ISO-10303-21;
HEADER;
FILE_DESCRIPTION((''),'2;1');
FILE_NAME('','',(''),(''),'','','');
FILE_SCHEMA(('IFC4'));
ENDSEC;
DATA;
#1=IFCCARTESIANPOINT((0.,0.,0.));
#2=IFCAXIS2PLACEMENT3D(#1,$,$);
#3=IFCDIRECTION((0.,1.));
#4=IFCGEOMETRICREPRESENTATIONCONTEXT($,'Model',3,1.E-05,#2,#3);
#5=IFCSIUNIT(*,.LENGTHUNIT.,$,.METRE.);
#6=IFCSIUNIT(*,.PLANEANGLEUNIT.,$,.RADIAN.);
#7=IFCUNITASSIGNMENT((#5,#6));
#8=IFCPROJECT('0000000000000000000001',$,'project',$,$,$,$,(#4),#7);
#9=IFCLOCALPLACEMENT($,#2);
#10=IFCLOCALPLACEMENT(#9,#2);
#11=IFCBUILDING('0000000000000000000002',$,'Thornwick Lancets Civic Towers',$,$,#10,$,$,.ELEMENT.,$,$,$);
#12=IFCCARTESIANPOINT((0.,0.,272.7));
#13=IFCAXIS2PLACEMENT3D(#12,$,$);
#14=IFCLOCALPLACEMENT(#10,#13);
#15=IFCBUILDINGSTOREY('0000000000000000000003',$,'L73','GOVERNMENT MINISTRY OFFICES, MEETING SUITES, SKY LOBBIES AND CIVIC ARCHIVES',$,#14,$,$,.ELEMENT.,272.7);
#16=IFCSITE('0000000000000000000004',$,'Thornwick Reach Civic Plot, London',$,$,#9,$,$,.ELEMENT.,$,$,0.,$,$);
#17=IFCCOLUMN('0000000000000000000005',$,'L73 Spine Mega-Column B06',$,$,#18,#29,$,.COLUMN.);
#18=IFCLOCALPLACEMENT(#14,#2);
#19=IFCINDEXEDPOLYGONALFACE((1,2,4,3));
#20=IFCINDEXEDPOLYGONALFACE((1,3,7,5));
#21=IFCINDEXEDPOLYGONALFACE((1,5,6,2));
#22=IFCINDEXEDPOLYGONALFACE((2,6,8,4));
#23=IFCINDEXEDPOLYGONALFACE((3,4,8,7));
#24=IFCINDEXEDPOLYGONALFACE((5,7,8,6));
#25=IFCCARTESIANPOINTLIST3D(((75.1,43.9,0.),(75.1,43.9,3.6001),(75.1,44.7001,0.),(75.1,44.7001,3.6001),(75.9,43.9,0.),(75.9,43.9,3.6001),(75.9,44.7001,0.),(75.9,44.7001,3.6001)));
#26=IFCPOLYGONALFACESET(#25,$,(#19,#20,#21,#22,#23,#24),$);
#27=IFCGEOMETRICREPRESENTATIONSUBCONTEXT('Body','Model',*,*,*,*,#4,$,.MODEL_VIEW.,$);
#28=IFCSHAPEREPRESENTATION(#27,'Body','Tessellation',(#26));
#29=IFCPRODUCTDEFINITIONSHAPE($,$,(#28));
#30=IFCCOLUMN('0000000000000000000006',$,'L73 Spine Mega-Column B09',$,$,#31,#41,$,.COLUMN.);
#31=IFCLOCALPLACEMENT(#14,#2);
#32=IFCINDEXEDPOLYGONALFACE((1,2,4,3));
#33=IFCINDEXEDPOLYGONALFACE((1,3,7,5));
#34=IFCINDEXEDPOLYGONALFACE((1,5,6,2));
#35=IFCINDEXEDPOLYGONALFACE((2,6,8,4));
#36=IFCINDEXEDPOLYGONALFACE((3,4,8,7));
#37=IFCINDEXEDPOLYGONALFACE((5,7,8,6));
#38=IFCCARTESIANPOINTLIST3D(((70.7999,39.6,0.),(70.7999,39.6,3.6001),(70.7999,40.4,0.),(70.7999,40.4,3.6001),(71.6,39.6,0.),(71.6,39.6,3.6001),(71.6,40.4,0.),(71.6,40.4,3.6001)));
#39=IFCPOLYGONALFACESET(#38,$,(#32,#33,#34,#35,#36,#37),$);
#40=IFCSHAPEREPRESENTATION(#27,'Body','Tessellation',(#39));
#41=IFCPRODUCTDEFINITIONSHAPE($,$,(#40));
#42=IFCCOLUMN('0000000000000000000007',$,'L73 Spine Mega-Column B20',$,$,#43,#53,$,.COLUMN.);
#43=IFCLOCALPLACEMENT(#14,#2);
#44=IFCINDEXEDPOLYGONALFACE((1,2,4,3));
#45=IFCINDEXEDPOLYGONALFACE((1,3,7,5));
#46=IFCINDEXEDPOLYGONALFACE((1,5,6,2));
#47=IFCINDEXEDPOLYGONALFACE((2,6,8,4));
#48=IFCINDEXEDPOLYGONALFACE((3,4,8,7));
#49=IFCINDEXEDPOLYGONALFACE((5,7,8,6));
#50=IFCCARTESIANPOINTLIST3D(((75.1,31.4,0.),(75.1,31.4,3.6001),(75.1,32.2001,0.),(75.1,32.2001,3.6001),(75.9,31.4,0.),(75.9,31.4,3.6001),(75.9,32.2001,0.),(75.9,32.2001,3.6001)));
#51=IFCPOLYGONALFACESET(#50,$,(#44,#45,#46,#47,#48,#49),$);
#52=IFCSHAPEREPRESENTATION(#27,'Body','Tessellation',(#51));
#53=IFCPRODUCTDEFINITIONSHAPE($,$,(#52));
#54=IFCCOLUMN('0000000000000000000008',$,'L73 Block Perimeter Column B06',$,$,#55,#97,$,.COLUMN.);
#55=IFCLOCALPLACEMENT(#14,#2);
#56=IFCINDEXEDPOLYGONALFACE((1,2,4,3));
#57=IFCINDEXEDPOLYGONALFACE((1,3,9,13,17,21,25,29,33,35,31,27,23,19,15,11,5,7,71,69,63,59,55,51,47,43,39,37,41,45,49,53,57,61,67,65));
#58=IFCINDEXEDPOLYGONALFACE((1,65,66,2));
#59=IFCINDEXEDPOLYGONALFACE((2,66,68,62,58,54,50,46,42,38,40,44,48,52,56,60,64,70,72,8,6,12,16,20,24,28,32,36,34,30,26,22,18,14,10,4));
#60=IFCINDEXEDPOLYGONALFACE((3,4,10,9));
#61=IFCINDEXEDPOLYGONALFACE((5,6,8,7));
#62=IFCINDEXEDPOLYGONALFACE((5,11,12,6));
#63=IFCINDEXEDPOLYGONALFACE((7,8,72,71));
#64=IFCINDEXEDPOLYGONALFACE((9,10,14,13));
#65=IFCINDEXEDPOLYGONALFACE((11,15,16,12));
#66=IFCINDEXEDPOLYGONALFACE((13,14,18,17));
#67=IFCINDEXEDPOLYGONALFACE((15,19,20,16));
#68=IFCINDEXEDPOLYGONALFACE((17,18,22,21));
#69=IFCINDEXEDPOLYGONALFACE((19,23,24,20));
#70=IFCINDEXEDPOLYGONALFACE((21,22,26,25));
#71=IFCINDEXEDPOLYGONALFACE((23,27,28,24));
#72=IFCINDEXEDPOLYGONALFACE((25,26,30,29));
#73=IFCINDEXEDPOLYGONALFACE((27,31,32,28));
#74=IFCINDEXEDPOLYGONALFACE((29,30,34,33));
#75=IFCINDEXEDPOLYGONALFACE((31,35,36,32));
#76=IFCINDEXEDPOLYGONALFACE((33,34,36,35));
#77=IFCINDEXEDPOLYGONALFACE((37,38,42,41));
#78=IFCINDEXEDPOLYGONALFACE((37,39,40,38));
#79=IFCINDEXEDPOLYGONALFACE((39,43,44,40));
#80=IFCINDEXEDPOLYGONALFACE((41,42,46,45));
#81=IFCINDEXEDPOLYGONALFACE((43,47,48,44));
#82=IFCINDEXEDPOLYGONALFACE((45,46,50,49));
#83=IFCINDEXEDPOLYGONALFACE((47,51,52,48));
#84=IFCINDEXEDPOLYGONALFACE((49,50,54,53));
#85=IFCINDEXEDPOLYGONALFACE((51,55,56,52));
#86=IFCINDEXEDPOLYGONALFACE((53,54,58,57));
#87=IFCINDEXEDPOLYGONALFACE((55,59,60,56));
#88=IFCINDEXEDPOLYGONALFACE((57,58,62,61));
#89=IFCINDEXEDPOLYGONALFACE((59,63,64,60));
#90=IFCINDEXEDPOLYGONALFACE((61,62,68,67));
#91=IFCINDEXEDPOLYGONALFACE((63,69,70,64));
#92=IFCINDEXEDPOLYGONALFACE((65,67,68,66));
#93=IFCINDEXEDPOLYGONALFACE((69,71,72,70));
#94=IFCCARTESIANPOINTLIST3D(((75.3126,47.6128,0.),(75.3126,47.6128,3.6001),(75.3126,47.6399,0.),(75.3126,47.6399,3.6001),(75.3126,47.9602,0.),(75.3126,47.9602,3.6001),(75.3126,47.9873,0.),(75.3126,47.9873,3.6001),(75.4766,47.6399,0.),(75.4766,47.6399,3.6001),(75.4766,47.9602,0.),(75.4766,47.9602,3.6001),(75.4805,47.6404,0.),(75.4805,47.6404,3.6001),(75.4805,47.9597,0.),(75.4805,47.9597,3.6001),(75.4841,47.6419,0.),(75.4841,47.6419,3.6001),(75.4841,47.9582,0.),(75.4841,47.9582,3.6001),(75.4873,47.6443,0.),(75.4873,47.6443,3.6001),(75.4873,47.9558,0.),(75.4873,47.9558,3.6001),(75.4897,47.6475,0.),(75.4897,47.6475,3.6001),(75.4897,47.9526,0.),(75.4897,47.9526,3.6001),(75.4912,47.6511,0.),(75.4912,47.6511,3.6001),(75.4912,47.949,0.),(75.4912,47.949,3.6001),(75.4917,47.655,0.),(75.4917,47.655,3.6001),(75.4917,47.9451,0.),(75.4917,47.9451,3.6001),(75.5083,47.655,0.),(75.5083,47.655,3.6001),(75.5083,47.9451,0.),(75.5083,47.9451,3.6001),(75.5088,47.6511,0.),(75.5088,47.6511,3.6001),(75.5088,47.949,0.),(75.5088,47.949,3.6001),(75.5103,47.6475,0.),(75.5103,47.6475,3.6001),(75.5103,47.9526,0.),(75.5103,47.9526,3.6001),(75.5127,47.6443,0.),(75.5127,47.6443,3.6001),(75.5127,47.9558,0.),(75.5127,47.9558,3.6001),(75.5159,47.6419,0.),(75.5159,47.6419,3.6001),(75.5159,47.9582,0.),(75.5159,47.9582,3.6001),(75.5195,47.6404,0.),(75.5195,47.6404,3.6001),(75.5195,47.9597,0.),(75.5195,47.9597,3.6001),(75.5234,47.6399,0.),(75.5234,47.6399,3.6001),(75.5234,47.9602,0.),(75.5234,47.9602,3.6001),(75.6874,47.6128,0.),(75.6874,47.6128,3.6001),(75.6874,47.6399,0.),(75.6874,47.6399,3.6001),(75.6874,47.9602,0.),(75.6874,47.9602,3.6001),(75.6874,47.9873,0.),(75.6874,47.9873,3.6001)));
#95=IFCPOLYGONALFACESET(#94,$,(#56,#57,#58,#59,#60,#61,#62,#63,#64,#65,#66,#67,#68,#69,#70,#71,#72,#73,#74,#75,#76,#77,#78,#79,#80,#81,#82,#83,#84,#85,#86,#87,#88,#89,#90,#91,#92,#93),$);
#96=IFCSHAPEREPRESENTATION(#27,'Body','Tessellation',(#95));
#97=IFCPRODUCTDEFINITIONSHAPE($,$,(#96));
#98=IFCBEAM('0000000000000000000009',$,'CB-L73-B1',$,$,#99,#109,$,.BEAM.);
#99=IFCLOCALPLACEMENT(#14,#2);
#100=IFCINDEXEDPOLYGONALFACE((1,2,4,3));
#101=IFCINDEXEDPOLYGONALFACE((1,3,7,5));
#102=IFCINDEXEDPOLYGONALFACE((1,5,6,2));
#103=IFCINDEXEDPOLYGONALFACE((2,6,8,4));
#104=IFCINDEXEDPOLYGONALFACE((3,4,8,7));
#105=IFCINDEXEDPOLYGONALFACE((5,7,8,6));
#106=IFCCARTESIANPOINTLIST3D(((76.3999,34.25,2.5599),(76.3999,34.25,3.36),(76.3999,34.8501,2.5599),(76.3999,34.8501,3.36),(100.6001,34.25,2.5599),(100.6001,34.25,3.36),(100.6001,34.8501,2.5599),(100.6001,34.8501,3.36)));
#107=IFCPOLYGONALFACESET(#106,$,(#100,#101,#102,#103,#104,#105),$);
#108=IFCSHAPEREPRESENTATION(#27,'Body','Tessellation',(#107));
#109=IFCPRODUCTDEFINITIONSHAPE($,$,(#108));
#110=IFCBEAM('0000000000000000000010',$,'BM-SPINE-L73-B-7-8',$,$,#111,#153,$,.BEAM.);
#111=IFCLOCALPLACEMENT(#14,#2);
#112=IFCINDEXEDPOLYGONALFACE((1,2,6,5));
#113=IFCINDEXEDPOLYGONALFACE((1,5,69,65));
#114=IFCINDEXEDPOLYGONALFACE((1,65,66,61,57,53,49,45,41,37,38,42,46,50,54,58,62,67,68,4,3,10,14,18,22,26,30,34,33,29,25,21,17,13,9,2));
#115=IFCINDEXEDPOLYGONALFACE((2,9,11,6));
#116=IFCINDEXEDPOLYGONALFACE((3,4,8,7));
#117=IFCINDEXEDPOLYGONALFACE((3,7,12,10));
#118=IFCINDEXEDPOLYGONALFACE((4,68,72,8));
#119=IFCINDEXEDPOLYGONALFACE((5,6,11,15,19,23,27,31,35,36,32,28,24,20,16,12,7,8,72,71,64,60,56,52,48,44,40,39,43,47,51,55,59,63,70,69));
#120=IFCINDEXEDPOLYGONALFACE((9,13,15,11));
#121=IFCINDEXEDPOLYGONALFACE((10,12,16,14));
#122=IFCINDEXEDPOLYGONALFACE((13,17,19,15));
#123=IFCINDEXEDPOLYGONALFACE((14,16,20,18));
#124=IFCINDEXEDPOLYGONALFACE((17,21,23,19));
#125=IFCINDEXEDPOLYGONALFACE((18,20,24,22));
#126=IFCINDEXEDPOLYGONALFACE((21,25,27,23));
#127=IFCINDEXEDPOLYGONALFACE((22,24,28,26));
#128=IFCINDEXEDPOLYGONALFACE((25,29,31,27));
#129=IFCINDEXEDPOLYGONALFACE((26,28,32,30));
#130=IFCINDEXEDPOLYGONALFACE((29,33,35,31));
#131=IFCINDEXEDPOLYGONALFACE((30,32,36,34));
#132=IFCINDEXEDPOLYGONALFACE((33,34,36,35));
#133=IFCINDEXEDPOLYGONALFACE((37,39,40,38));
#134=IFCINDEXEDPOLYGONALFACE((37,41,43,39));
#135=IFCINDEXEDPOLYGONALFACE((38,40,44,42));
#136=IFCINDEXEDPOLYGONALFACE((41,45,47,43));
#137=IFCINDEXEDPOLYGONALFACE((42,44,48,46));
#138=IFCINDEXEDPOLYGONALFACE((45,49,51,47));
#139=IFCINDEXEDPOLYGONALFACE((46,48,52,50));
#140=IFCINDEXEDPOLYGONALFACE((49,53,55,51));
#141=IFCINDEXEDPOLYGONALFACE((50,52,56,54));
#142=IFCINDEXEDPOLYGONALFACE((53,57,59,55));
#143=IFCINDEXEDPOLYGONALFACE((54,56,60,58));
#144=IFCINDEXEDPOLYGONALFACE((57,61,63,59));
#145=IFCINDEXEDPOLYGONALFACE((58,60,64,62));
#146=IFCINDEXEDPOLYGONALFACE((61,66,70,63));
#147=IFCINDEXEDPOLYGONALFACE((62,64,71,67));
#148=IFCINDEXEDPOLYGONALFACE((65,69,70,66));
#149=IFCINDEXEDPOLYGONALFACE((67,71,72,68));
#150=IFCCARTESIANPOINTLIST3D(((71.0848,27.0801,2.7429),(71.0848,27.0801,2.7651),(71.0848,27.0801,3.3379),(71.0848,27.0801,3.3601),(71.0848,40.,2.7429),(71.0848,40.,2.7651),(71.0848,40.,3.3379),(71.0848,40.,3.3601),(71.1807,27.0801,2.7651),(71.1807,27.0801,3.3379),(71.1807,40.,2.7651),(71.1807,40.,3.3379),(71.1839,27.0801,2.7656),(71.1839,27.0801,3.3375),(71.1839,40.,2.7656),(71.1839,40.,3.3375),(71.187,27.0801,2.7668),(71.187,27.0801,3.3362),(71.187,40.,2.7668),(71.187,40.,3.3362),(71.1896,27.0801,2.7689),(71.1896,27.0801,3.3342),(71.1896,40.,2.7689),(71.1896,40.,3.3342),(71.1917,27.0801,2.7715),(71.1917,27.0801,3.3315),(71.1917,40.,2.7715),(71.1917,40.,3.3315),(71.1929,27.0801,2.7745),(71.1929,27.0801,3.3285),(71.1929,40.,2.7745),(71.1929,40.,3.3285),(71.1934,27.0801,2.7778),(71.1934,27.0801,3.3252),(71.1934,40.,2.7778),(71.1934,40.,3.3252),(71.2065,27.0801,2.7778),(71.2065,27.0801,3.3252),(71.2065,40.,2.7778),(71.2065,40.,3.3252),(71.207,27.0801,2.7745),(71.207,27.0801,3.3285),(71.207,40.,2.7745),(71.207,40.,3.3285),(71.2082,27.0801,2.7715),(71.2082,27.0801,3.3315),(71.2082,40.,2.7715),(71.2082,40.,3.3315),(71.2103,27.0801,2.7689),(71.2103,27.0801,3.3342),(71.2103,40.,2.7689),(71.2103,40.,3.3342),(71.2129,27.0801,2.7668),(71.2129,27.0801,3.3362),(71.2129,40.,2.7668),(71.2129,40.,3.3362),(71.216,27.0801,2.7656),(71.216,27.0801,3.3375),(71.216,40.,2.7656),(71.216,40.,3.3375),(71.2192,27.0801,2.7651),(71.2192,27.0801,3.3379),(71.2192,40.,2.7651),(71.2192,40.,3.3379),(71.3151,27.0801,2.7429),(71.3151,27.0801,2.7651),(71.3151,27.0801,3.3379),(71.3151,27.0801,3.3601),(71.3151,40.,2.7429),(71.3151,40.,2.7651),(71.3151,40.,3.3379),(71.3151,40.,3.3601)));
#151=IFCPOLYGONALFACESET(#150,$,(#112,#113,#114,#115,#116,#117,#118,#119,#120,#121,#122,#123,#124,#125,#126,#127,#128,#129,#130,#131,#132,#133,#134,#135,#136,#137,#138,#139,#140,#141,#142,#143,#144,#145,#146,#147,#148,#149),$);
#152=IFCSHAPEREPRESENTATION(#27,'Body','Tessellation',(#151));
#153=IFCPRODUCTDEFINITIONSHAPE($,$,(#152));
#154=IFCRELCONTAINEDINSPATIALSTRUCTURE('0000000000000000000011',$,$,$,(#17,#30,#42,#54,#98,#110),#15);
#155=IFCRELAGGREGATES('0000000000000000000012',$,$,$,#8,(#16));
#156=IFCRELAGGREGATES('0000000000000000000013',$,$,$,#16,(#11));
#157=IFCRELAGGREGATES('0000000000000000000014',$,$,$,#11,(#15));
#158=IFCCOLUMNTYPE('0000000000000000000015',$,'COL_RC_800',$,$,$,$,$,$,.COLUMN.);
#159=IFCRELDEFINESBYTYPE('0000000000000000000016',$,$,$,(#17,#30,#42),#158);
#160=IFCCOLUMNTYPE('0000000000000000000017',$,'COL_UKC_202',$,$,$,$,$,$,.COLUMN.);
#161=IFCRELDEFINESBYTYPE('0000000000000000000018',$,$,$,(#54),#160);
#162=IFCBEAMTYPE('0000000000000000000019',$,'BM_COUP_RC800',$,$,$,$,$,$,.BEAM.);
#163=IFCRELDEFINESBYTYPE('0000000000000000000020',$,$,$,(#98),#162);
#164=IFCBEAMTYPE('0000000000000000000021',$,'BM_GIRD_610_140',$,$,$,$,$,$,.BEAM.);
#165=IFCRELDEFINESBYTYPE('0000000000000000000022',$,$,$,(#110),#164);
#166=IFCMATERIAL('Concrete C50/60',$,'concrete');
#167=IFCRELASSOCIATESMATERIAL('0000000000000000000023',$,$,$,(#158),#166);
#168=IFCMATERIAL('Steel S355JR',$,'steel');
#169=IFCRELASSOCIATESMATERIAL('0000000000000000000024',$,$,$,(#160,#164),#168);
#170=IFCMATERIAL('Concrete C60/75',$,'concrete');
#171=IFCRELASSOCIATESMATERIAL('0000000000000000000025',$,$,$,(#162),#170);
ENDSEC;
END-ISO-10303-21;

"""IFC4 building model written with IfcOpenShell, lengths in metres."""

from ifc_helpers import new_model, si_unit, direction, frame, origin, origin_2d, place, context, subcontext, project, spatial, rectangle, i_section, extrude, material, material_profile, profile_set, type_object, element, save


model = new_model("IFC4")

# Units and contexts
model_context = context("Model", 3, precision=1e-05, world=origin(), true_north=direction((0.0, 1.0)))
body_context = subcontext(model_context, "Body", "Model", "MODEL_VIEW")
ifc_project = project(units=[si_unit("LENGTHUNIT", "METRE"), si_unit("PLANEANGLEUNIT", "RADIAN")], contexts=[model_context])

# Site, building, storey
site_placement = place(None, origin())
site = spatial("IfcSite", under=ifc_project, at=site_placement, Name="Thornwick Reach Civic Plot, London", CompositionType="ELEMENT", RefElevation=0.0)
building_placement = place(site_placement, origin())
building = spatial("IfcBuilding", under=site, at=building_placement, Name="Thornwick Lancets Civic Towers", CompositionType="ELEMENT")
storey_placement = place(building_placement, frame((0.0, 0.0, 272.7)))
storey = spatial("IfcBuildingStorey", under=building, at=storey_placement, Name="L73", Description="GOVERNMENT MINISTRY OFFICES, MEETING SUITES, SKY LOBBIES AND CIVIC ARCHIVES", CompositionType="ELEMENT", Elevation=272.7)

# Columns
ifc_material_1 = material(Name="Concrete C50/60", Category="concrete")
ifc_material_profile_1 = material_profile(ifc_material_1, rectangle(XDim=0.8, YDim=0.8, at=origin_2d()), Name="RC 800x800")
ifc_profile_set_1 = profile_set([ifc_material_profile_1], Name="Concrete C50/60")
column_type_1 = type_object("IfcColumnType", Name="COL_RC_800", PredefinedType="COLUMN", material=ifc_profile_set_1)
for number, where, z_axis, x_axis, name in (
    (1, (75.5, 44.3, 0.0), (0.0, 0.0, 1.0), (1.0, 0.0, 0.0), "L73 Spine Mega-Column B06"),
    (2, (71.2, 40.0, 0.0), (0.0, 0.0, 1.0), (1.0, 0.0, 0.0), "L73 Spine Mega-Column B09"),
    (3, (75.5, 31.8, 0.0), (0.0, 0.0, 1.0), (1.0, 0.0, 0.0), "L73 Spine Mega-Column B20"),
):
    element("IfcColumn", number, at=place(storey_placement, frame(where, z_axis=z_axis, x_axis=x_axis)), inside=storey, type_object=column_type_1, Name=name, PredefinedType="COLUMN", context=body_context, shape_type="SweptSolid", body=[
        extrude(rectangle(XDim=0.8, YDim=0.8, at=origin_2d()), origin(), (0.0, 0.0, 1.0), 3.6001),
    ])
ifc_material_2 = material(Name="Steel S355JR", Category="steel")
ifc_material_profile_2 = material_profile(ifc_material_2, i_section(OverallWidth=0.3748, OverallDepth=0.3745, WebThickness=0.0166, FlangeThickness=0.0271, FilletRadius=0.0151, at=origin_2d()), Name="UKC 356x368x202")
ifc_profile_set_2 = profile_set([ifc_material_profile_2], Name="Steel S355JR")
column_type_2 = type_object("IfcColumnType", Name="COL_UKC_202", PredefinedType="COLUMN", material=ifc_profile_set_2)
column_placement = place(storey_placement, frame((75.5, 47.8, 0.0), z_axis=(0.0, 0.0, 1.0), x_axis=(1.0, 0.0, 0.0)))
element("IfcColumn", 4, at=column_placement, inside=storey, type_object=column_type_2, Name="L73 Block Perimeter Column B06", PredefinedType="COLUMN", context=body_context, shape_type="SweptSolid", body=[
    extrude(i_section(OverallWidth=0.3748, OverallDepth=0.3745, WebThickness=0.0166, FlangeThickness=0.0271, FilletRadius=0.0151, at=origin_2d()), origin(), (0.0, 0.0, 1.0), 3.6001),
])

# Beams
ifc_material_3 = material(Name="Concrete C60/75", Category="concrete")
ifc_material_profile_3 = material_profile(ifc_material_3, rectangle(XDim=0.6001, YDim=0.8, at=origin_2d()), Name="RC 600x800")
ifc_profile_set_3 = profile_set([ifc_material_profile_3], Name="Concrete C60/75")
beam_type_1 = type_object("IfcBeamType", Name="BM_COUP_RC800", PredefinedType="BEAM", material=ifc_profile_set_3)
beam_1_placement = place(storey_placement, frame((76.3999, 34.55, 2.96), z_axis=(1.0, 0.0, 0.0), x_axis=(0.0, 1.0, 0.0)))
element("IfcBeam", 5, at=beam_1_placement, inside=storey, type_object=beam_type_1, Name="CB-L73-B1", PredefinedType="BEAM", context=body_context, shape_type="SweptSolid", body=[
    extrude(rectangle(XDim=0.6001, YDim=0.8, at=origin_2d()), origin(), (0.0, 0.0, 1.0), 24.2002),
])
ifc_material_profile_4 = material_profile(ifc_material_2, i_section(OverallWidth=0.2302, OverallDepth=0.6172, WebThickness=0.0132, FlangeThickness=0.0222, FilletRadius=0.0127, at=origin_2d()), Name="UKB 610x229x140")
ifc_profile_set_4 = profile_set([ifc_material_profile_4], Name="Steel S355JR")
beam_type_2 = type_object("IfcBeamType", Name="BM_GIRD_610_140", PredefinedType="BEAM", material=ifc_profile_set_4)
beam_2_placement = place(storey_placement, frame((71.2, 27.0801, 3.0515), z_axis=(0.0, 1.0, 0.0), x_axis=(-1.0, 0.0, 0.0)))
element("IfcBeam", 6, at=beam_2_placement, inside=storey, type_object=beam_type_2, Name="BM-SPINE-L73-B-7-8", PredefinedType="BEAM", context=body_context, shape_type="SweptSolid", body=[
    extrude(i_section(OverallWidth=0.2302, OverallDepth=0.6172, WebThickness=0.0132, FlangeThickness=0.0222, FilletRadius=0.0127, at=origin_2d()), origin(), (0.0, 0.0, 1.0), 12.9199),
])

save(model, "model.ifc")
